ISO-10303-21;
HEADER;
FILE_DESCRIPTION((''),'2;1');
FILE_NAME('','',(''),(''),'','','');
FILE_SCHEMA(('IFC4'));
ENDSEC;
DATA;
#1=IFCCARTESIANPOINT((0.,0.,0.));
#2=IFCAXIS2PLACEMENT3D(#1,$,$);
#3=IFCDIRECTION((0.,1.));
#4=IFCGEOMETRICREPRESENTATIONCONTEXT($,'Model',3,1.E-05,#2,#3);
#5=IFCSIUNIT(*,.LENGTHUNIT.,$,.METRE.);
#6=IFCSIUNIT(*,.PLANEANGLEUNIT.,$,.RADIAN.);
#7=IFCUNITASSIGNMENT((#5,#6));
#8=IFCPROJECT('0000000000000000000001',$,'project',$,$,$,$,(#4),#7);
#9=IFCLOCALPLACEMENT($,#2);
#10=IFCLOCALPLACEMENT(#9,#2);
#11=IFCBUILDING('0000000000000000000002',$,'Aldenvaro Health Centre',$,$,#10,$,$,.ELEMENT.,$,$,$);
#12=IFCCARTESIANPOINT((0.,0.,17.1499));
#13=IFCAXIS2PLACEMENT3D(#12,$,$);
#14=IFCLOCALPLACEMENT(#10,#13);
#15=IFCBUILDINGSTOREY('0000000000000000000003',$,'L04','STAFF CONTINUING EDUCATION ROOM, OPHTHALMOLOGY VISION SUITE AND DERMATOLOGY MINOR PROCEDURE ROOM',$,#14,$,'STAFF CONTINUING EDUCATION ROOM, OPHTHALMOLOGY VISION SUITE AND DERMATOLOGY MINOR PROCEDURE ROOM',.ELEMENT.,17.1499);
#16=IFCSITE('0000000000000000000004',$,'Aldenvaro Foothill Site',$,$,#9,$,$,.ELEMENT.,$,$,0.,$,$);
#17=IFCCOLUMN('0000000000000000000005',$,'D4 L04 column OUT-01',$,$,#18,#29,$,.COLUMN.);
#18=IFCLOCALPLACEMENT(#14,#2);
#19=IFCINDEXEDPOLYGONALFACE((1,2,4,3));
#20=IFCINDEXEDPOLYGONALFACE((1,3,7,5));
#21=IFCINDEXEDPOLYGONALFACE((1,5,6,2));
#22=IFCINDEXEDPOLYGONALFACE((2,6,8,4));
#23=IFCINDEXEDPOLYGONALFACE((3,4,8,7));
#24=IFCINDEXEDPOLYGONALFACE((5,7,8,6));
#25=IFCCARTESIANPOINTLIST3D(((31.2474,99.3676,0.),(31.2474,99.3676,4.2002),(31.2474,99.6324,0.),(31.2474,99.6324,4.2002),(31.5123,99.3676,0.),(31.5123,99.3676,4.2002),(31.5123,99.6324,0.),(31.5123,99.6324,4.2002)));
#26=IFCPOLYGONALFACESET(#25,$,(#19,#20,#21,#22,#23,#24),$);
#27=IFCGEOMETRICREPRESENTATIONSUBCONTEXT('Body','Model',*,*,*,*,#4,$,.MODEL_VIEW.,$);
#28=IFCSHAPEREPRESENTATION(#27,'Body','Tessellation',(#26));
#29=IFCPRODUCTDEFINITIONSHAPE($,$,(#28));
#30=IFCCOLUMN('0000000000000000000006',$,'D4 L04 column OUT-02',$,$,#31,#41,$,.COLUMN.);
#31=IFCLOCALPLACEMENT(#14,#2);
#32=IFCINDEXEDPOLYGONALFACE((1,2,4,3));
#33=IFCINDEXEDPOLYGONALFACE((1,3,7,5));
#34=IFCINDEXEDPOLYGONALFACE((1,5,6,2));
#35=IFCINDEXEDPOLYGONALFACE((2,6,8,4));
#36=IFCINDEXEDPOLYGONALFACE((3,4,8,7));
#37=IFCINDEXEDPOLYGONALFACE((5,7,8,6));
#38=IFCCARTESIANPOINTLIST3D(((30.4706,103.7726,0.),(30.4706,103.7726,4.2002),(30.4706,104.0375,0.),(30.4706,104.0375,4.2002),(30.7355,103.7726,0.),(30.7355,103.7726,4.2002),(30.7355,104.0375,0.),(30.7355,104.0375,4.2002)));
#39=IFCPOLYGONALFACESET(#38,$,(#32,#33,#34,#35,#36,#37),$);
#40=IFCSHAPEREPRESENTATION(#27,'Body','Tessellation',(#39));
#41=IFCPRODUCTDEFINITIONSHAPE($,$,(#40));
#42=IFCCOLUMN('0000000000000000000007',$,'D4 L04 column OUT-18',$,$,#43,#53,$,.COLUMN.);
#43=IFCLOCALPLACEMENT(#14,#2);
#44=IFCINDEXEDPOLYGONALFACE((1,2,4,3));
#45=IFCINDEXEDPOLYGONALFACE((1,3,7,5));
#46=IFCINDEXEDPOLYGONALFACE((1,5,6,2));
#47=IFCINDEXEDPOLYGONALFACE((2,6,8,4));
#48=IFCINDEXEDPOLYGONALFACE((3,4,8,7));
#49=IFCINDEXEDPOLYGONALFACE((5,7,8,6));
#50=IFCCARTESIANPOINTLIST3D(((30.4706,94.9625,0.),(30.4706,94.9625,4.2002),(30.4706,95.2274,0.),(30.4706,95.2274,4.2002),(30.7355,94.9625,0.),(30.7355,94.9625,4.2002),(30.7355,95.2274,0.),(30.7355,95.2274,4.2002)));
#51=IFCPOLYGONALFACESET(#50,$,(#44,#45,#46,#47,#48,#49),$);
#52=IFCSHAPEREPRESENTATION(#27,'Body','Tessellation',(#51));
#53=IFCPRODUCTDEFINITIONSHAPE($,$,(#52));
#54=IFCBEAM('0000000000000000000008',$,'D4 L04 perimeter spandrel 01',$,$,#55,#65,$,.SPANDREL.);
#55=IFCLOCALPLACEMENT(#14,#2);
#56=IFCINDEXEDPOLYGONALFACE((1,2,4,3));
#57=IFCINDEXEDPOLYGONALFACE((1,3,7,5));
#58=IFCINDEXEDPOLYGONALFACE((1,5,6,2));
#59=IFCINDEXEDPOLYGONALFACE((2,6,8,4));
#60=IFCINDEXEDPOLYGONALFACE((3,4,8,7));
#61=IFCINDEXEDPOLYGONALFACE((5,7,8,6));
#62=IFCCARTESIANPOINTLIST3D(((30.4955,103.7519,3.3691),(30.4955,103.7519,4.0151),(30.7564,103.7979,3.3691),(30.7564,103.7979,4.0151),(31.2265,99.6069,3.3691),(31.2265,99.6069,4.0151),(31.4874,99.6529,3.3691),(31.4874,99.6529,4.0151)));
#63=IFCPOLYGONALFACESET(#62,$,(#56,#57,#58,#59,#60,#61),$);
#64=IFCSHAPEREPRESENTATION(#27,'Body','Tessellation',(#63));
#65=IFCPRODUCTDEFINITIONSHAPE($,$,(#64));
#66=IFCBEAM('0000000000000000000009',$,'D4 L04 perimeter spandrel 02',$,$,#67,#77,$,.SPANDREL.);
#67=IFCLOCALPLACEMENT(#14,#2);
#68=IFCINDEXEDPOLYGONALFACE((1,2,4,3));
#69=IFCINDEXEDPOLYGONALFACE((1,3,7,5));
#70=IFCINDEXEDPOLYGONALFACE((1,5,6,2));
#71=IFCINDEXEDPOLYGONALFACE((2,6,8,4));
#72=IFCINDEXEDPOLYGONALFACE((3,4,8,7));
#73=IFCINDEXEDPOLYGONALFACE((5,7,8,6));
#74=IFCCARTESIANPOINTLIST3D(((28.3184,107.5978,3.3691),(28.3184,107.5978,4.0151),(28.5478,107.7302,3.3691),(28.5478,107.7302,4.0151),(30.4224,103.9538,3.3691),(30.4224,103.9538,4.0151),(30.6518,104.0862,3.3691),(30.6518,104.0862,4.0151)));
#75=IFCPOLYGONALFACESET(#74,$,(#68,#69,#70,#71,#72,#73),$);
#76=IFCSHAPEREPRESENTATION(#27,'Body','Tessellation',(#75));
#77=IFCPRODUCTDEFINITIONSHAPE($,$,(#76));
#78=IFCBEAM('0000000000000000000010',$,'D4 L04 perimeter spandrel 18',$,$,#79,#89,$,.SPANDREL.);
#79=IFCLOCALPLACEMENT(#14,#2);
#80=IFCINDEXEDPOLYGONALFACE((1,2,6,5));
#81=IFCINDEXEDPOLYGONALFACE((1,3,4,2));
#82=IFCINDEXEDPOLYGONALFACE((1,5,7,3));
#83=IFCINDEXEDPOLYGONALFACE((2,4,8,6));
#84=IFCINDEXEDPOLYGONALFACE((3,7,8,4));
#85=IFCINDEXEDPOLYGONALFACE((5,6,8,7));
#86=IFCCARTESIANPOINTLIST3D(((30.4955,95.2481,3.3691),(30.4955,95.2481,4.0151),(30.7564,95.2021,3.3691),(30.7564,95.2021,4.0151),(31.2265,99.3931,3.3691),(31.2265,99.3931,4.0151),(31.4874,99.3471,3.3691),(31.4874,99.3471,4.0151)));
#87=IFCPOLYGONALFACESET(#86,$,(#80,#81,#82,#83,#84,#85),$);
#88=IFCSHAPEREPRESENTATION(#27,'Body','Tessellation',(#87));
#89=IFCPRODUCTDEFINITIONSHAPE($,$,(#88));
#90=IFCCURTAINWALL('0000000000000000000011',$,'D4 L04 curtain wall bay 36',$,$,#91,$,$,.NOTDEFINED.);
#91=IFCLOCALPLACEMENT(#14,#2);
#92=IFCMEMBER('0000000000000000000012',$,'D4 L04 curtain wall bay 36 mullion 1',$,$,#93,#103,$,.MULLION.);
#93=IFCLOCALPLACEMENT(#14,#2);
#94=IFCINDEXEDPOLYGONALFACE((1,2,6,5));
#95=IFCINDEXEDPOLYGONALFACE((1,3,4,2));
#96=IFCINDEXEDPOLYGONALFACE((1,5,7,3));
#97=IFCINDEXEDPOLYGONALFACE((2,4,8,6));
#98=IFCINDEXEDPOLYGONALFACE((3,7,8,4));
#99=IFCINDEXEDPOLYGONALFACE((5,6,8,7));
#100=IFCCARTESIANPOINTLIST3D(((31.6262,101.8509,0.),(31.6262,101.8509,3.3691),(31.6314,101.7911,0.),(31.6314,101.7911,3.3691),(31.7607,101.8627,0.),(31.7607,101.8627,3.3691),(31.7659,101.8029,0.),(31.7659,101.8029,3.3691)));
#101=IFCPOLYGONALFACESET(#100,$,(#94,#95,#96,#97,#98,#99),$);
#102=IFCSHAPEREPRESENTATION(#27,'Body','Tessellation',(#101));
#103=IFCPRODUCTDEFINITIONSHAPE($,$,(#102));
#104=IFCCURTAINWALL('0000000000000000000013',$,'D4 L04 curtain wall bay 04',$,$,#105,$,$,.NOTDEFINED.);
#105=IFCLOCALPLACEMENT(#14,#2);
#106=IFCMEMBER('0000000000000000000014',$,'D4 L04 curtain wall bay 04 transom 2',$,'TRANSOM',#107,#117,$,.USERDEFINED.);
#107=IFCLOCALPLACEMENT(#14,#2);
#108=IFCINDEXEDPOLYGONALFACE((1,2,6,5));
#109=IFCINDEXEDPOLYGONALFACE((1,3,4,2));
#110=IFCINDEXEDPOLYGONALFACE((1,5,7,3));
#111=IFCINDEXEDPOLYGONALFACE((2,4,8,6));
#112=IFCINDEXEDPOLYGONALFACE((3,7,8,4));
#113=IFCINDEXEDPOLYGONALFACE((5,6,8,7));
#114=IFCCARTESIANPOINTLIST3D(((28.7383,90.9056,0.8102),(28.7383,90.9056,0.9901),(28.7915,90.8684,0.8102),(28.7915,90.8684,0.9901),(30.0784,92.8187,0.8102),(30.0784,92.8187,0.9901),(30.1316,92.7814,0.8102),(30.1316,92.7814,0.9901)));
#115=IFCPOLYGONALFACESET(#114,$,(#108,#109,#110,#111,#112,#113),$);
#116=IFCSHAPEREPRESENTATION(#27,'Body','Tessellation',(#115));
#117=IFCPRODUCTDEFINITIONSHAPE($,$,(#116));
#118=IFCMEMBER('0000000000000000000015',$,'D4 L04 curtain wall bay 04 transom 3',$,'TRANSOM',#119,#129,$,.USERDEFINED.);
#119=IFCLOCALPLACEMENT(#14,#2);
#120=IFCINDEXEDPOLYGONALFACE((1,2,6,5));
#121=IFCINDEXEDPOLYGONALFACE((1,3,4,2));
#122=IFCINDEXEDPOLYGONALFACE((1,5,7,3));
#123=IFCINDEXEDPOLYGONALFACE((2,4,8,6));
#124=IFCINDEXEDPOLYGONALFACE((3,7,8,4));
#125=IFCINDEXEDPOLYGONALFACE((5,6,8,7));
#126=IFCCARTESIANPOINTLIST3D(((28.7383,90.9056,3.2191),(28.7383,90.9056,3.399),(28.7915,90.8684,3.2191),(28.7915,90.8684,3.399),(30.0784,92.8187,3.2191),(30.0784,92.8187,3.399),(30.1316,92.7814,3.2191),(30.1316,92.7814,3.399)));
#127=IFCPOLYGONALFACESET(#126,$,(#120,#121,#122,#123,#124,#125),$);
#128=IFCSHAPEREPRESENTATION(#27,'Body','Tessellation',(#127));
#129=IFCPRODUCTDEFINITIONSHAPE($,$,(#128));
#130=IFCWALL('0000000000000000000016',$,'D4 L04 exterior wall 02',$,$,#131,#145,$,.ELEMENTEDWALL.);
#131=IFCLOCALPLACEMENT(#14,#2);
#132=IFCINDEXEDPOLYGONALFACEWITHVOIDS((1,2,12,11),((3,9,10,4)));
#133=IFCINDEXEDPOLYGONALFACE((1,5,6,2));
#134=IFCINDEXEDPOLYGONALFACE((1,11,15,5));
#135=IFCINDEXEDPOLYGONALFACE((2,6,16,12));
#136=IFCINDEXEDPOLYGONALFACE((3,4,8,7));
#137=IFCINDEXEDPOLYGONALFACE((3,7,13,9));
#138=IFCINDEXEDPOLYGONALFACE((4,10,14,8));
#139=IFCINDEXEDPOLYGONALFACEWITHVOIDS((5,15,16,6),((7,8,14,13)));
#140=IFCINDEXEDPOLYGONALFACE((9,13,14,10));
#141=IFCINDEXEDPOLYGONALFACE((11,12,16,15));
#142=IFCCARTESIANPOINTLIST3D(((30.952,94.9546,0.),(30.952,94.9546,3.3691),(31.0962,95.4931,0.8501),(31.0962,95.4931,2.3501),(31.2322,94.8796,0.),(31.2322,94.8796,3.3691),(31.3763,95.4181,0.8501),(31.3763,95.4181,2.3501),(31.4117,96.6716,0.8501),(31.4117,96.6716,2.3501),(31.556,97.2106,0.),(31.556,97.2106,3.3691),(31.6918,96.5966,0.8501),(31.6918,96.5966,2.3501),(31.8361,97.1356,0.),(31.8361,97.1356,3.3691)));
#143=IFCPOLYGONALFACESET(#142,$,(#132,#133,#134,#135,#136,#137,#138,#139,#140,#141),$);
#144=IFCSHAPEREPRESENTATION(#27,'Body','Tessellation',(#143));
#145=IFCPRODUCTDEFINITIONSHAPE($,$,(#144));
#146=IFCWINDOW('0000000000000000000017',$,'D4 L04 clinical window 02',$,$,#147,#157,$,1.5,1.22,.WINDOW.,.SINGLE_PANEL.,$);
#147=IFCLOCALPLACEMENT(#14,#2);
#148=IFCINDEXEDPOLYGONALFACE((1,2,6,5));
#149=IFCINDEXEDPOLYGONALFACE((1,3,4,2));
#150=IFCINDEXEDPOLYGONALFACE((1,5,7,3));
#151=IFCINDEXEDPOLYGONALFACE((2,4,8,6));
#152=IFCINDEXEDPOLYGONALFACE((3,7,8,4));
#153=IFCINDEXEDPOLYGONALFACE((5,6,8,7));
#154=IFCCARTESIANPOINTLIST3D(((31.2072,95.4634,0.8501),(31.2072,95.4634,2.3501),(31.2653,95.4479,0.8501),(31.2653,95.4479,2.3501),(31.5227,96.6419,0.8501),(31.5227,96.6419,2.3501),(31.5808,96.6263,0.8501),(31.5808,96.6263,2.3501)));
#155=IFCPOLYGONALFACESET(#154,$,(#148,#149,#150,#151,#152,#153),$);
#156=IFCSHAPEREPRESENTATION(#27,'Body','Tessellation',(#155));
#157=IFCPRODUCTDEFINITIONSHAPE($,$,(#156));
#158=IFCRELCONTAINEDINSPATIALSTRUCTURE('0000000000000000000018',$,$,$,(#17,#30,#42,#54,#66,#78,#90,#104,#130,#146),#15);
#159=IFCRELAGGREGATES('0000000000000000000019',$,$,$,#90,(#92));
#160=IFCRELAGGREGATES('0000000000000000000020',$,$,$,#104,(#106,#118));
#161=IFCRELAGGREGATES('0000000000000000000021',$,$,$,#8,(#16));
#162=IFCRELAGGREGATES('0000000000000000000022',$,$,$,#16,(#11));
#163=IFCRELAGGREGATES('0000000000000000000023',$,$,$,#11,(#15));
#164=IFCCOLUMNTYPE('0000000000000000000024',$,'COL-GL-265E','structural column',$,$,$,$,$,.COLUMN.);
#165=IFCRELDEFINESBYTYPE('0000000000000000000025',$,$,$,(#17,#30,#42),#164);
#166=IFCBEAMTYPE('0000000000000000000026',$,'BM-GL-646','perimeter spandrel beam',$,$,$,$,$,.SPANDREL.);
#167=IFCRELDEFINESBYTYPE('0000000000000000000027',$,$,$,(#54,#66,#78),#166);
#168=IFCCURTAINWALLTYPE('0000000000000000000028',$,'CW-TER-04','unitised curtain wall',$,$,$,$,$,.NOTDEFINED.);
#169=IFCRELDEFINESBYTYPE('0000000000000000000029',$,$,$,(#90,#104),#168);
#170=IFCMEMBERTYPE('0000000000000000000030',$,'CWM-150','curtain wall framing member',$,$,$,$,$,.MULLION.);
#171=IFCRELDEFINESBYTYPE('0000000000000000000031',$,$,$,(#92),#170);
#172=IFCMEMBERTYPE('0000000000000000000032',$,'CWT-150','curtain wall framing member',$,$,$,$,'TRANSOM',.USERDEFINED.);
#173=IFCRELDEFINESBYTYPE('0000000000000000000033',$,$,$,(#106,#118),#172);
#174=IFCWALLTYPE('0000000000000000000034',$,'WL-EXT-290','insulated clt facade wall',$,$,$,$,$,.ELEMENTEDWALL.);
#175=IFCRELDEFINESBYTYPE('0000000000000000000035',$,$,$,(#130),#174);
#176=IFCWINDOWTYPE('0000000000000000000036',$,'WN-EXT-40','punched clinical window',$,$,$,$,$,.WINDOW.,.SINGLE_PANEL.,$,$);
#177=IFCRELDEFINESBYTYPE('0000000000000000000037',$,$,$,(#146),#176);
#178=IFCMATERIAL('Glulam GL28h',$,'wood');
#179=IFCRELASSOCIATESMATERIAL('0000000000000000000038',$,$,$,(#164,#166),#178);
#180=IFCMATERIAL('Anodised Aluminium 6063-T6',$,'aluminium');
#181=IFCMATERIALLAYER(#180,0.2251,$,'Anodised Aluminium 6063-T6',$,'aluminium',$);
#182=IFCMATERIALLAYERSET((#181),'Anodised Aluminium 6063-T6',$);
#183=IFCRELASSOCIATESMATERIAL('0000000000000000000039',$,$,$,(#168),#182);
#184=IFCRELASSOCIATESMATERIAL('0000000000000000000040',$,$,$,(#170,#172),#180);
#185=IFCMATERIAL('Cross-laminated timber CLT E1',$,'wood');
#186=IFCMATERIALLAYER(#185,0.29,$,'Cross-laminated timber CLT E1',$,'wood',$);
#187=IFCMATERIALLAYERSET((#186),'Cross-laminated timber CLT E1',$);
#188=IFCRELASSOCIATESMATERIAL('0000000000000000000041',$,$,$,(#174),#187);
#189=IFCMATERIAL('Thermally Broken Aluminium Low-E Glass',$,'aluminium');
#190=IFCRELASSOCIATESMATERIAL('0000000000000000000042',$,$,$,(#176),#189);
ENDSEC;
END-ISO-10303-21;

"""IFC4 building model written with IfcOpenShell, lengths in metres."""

from ifc_helpers import new_model, si_unit, direction, frame, frame_2d, origin, origin_2d, place, context, subcontext, project, spatial, rectangle, extrude, material, layer, layer_set, material_profile, profile_set, type_object, element, fill, aggregate, save


model = new_model("IFC4")

# Units and contexts
model_context = context("Model", 3, precision=1e-05, world=origin(), true_north=direction((0.0, 1.0)))
body_context = subcontext(model_context, "Body", "Model", "MODEL_VIEW")
ifc_project = project(units=[si_unit("LENGTHUNIT", "METRE"), si_unit("PLANEANGLEUNIT", "RADIAN")], contexts=[model_context])

# Site, building, storey
site_placement = place(None, origin())
site = spatial("IfcSite", under=ifc_project, at=site_placement, Name="Aldenvaro Foothill Site", CompositionType="ELEMENT", RefElevation=0.0)
building_placement = place(site_placement, origin())
building = spatial("IfcBuilding", under=site, at=building_placement, Name="Aldenvaro Health Centre", CompositionType="ELEMENT")
storey_placement = place(building_placement, frame((0.0, 0.0, 17.1499)))
storey = spatial("IfcBuildingStorey", under=building, at=storey_placement, Name="L04", Description="STAFF CONTINUING EDUCATION ROOM, OPHTHALMOLOGY VISION SUITE AND DERMATOLOGY MINOR PROCEDURE ROOM", LongName="STAFF CONTINUING EDUCATION ROOM, OPHTHALMOLOGY VISION SUITE AND DERMATOLOGY MINOR PROCEDURE ROOM", CompositionType="ELEMENT", Elevation=17.1499)

# Columns
ifc_material_1 = material(Name="Glulam GL28h", Category="wood")
ifc_material_profile_1 = material_profile(ifc_material_1, rectangle(XDim=0.2649, YDim=0.2649, at=origin_2d()), Name="GL 265x265", Category="wood")
ifc_profile_set_1 = profile_set([ifc_material_profile_1], Name="Glulam GL28h")
column_type = type_object("IfcColumnType", Name="COL-GL-265E", Description="structural column", PredefinedType="COLUMN", material=ifc_profile_set_1)
for number, where, z_axis, x_axis, name in (
    (1, (31.3799, 99.5, 0.0), (0.0, 0.0, 1.0), (1.0, 0.0, 0.0), "D4 L04 column OUT-01"),
    (2, (30.603, 103.905, 0.0), (0.0, 0.0, 1.0), (1.0, 0.0, 0.0), "D4 L04 column OUT-02"),
    (3, (30.603, 95.095, 0.0), (0.0, 0.0, 1.0), (1.0, 0.0, 0.0), "D4 L04 column OUT-18"),
):
    element("IfcColumn", number, at=place(storey_placement, frame(where, z_axis=z_axis, x_axis=x_axis)), inside=storey, type_object=column_type, Name=name, PredefinedType="COLUMN", context=body_context, shape_type="SweptSolid", body=[
        extrude(rectangle(XDim=0.2649, YDim=0.2649, at=origin_2d()), origin(), (0.0, 0.0, 1.0), 4.2002),
    ])

# Beams
ifc_material_profile_2 = material_profile(ifc_material_1, rectangle(XDim=0.2649, YDim=0.646, at=origin_2d()), Name="GL 265x646", Category="wood")
ifc_profile_set_2 = profile_set([ifc_material_profile_2], Name="Glulam GL28h")
beam_type = type_object("IfcBeamType", Name="BM-GL-646", Description="perimeter spandrel beam", PredefinedType="SPANDREL", material=ifc_profile_set_2)
beam_1_placement = place(storey_placement, frame((31.3569, 99.6299, 3.6921), z_axis=(-0.173666, 0.984805, 0.0), x_axis=(-0.984805, -0.173666, 0.0)))
element("IfcBeam", 4, at=beam_1_placement, inside=storey, type_object=beam_type, Name="D4 L04 perimeter spandrel 01", PredefinedType="SPANDREL", context=body_context, shape_type="SweptSolid", body=[
    extrude(rectangle(XDim=0.2649, YDim=0.646, at=origin_2d()), origin(), (0.0, 0.0, 1.0), 4.209),
])
beam_2_placement = place(storey_placement, frame((30.5371, 104.02, 3.6921), z_axis=(-0.50002, 0.866014, 0.0), x_axis=(-0.866014, -0.50002, 0.0)))
element("IfcBeam", 5, at=beam_2_placement, inside=storey, type_object=beam_type, Name="D4 L04 perimeter spandrel 02", PredefinedType="SPANDREL", context=body_context, shape_type="SweptSolid", body=[
    extrude(rectangle(XDim=0.2649, YDim=0.646, at=origin_2d()), origin(), (0.0, 0.0, 1.0), 4.2078),
])
beam_3_placement = place(storey_placement, frame((30.626, 95.2251, 3.6921), z_axis=(0.173666, 0.984805, 0.0), x_axis=(-0.984805, 0.173666, 0.0)))
element("IfcBeam", 6, at=beam_3_placement, inside=storey, type_object=beam_type, Name="D4 L04 perimeter spandrel 18", PredefinedType="SPANDREL", context=body_context, shape_type="SweptSolid", body=[
    extrude(rectangle(XDim=0.2649, YDim=0.646, at=origin_2d()), origin(), (0.0, 0.0, 1.0), 4.209),
])

# Curtain wall, member
ifc_material_2 = material(Name="Anodised Aluminium 6063-T6", Category="aluminium")
ifc_layer_1 = layer(ifc_material_2, 0.2251, Name="Anodised Aluminium 6063-T6", Category="aluminium")
ifc_layer_set_1 = layer_set([ifc_layer_1], Name="Anodised Aluminium 6063-T6")
curtain_wall_type = type_object("IfcCurtainWallType", Name="CW-TER-04", Description="unitised curtain wall", PredefinedType="NOTDEFINED", material=ifc_layer_set_1)
curtain_wall_1_placement = place(storey_placement, origin())
curtain_wall_1 = element("IfcCurtainWall", 7, at=curtain_wall_1_placement, inside=storey, type_object=curtain_wall_type, Name="D4 L04 curtain wall bay 36", PredefinedType="NOTDEFINED")
ifc_material_profile_3 = material_profile(ifc_material_2, rectangle(XDim=0.0601, YDim=0.135, at=origin_2d()), Name="ALU 60x135", Category="aluminium")
ifc_profile_set_3 = profile_set([ifc_material_profile_3], Name="Anodised Aluminium 6063-T6")
member_type_1 = type_object("IfcMemberType", Name="CWM-150", Description="curtain wall framing member", PredefinedType="MULLION", material=ifc_profile_set_3)
member_1_placement = place(storey_placement, frame((31.696, 101.8269, 0.0), z_axis=(0.0, 0.0, 1.0), x_axis=(0.087332, -0.996179, 0.0)))
member_1 = element("IfcMember", 8, at=member_1_placement, type_object=member_type_1, Name="D4 L04 curtain wall bay 36 mullion 1", PredefinedType="MULLION", context=body_context, shape_type="SweptSolid", body=[
    extrude(rectangle(XDim=0.0601, YDim=0.135, at=origin_2d()), origin(), (0.0, 0.0, 1.0), 3.3691),
])
aggregate(curtain_wall_1, [member_1])

# Curtain wall, members
curtain_wall_2_placement = place(storey_placement, origin())
curtain_wall_2 = element("IfcCurtainWall", 9, at=curtain_wall_2_placement, inside=storey, type_object=curtain_wall_type, Name="D4 L04 curtain wall bay 04", PredefinedType="NOTDEFINED")
ifc_material_profile_4 = material_profile(ifc_material_2, rectangle(XDim=0.0649, YDim=0.1799, at=origin_2d()), Name="ALU 65x180", Category="aluminium")
ifc_profile_set_4 = profile_set([ifc_material_profile_4], Name="Anodised Aluminium 6063-T6")
member_type_2 = type_object("IfcMemberType", Name="CWT-150", Description="curtain wall framing member", ElementType="TRANSOM", PredefinedType="USERDEFINED", material=ifc_profile_set_4)
member_2_placement = place(storey_placement, frame((30.105, 92.8, 0.9001), z_axis=(-0.573729, -0.819045, 0.0), x_axis=(0.819045, -0.573729, 0.0)))
member_2 = element("IfcMember", 10, at=member_2_placement, type_object=member_type_2, Name="D4 L04 curtain wall bay 04 transom 2", ObjectType="TRANSOM", PredefinedType="USERDEFINED", context=body_context, shape_type="SweptSolid", body=[
    extrude(rectangle(XDim=0.0649, YDim=0.1799, at=origin_2d()), origin(), (0.0, 0.0, 1.0), 2.3357),
])
member_3_placement = place(storey_placement, frame((30.105, 92.8, 3.3091), z_axis=(-0.573729, -0.819045, 0.0), x_axis=(0.819045, -0.573729, 0.0)))
member_3 = element("IfcMember", 11, at=member_3_placement, type_object=member_type_2, Name="D4 L04 curtain wall bay 04 transom 3", ObjectType="TRANSOM", PredefinedType="USERDEFINED", context=body_context, shape_type="SweptSolid", body=[
    extrude(rectangle(XDim=0.0649, YDim=0.1799, at=origin_2d()), origin(), (0.0, 0.0, 1.0), 2.3357),
])
aggregate(curtain_wall_2, [member_2, member_3])

# Wall, opening, window
ifc_material_3 = material(Name="Cross-laminated timber CLT E1", Category="wood")
ifc_layer_2 = layer(ifc_material_3, 0.29, Name="Cross-laminated timber CLT E1", Category="wood")
ifc_layer_set_2 = layer_set([ifc_layer_2], Name="Cross-laminated timber CLT E1")
wall_type = type_object("IfcWallType", Name="WL-EXT-290", Description="insulated clt facade wall", PredefinedType="ELEMENTEDWALL", material=ifc_layer_set_2)
wall_1_placement = place(storey_placement, frame((31.696, 97.1731, 0.0), z_axis=(0.0, 0.0, 1.0), x_axis=(-0.258612, -0.965981, 0.0)))
wall_1 = element("IfcWall", 12, at=wall_1_placement, inside=storey, type_object=wall_type, Name="D4 L04 exterior wall 02", PredefinedType="ELEMENTEDWALL", context=body_context, shape_type="SweptSolid", body=[
    extrude(rectangle(XDim=2.3354, YDim=0.29, at=frame_2d((1.1677, 0.0))), origin(), (0.0, 0.0, 1.0), 3.3691),
])
opening_1_placement = place(wall_1_placement, frame((0.5581, 0.0, 0.8501)))
opening_1 = element("IfcOpeningElement", 13, at=opening_1_placement, cuts=wall_1, PredefinedType="OPENING", context=body_context, shape_type="SweptSolid", body=[
    extrude(rectangle(XDim=1.22, YDim=1.5, at=frame_2d((0.6099, 0.75))), frame((0.0, 0.155, 0.0), z_axis=(0.0, -1.0, 0.0), x_axis=(1.0, 0.0, 0.0)), (0.0, 0.0, 1.0), 0.3101),
])
ifc_material_4 = material(Name="Thermally Broken Aluminium Low-E Glass", Category="aluminium")
window_type_1 = type_object("IfcWindowType", Name="WN-EXT-40", Description="punched clinical window", PartitioningType="SINGLE_PANEL", PredefinedType="WINDOW", material=ifc_material_4)
window_1_placement = place(opening_1_placement, origin())
window_1 = element("IfcWindow", 14, at=window_1_placement, inside=storey, type_object=window_type_1, Name="D4 L04 clinical window 02", OverallHeight=1.5, OverallWidth=1.22, PartitioningType="SINGLE_PANEL", PredefinedType="WINDOW", context=body_context, shape_type="SweptSolid", body=[
    extrude(rectangle(XDim=1.22, YDim=1.5, at=frame_2d((0.6099, 0.75))), frame((0.0, 0.03, 0.0), z_axis=(0.0, -1.0, 0.0), x_axis=(1.0, 0.0, 0.0)), (0.0, 0.0, 1.0), 0.0601),
])
fill(opening_1, window_1)

save(model, "model.ifc")
